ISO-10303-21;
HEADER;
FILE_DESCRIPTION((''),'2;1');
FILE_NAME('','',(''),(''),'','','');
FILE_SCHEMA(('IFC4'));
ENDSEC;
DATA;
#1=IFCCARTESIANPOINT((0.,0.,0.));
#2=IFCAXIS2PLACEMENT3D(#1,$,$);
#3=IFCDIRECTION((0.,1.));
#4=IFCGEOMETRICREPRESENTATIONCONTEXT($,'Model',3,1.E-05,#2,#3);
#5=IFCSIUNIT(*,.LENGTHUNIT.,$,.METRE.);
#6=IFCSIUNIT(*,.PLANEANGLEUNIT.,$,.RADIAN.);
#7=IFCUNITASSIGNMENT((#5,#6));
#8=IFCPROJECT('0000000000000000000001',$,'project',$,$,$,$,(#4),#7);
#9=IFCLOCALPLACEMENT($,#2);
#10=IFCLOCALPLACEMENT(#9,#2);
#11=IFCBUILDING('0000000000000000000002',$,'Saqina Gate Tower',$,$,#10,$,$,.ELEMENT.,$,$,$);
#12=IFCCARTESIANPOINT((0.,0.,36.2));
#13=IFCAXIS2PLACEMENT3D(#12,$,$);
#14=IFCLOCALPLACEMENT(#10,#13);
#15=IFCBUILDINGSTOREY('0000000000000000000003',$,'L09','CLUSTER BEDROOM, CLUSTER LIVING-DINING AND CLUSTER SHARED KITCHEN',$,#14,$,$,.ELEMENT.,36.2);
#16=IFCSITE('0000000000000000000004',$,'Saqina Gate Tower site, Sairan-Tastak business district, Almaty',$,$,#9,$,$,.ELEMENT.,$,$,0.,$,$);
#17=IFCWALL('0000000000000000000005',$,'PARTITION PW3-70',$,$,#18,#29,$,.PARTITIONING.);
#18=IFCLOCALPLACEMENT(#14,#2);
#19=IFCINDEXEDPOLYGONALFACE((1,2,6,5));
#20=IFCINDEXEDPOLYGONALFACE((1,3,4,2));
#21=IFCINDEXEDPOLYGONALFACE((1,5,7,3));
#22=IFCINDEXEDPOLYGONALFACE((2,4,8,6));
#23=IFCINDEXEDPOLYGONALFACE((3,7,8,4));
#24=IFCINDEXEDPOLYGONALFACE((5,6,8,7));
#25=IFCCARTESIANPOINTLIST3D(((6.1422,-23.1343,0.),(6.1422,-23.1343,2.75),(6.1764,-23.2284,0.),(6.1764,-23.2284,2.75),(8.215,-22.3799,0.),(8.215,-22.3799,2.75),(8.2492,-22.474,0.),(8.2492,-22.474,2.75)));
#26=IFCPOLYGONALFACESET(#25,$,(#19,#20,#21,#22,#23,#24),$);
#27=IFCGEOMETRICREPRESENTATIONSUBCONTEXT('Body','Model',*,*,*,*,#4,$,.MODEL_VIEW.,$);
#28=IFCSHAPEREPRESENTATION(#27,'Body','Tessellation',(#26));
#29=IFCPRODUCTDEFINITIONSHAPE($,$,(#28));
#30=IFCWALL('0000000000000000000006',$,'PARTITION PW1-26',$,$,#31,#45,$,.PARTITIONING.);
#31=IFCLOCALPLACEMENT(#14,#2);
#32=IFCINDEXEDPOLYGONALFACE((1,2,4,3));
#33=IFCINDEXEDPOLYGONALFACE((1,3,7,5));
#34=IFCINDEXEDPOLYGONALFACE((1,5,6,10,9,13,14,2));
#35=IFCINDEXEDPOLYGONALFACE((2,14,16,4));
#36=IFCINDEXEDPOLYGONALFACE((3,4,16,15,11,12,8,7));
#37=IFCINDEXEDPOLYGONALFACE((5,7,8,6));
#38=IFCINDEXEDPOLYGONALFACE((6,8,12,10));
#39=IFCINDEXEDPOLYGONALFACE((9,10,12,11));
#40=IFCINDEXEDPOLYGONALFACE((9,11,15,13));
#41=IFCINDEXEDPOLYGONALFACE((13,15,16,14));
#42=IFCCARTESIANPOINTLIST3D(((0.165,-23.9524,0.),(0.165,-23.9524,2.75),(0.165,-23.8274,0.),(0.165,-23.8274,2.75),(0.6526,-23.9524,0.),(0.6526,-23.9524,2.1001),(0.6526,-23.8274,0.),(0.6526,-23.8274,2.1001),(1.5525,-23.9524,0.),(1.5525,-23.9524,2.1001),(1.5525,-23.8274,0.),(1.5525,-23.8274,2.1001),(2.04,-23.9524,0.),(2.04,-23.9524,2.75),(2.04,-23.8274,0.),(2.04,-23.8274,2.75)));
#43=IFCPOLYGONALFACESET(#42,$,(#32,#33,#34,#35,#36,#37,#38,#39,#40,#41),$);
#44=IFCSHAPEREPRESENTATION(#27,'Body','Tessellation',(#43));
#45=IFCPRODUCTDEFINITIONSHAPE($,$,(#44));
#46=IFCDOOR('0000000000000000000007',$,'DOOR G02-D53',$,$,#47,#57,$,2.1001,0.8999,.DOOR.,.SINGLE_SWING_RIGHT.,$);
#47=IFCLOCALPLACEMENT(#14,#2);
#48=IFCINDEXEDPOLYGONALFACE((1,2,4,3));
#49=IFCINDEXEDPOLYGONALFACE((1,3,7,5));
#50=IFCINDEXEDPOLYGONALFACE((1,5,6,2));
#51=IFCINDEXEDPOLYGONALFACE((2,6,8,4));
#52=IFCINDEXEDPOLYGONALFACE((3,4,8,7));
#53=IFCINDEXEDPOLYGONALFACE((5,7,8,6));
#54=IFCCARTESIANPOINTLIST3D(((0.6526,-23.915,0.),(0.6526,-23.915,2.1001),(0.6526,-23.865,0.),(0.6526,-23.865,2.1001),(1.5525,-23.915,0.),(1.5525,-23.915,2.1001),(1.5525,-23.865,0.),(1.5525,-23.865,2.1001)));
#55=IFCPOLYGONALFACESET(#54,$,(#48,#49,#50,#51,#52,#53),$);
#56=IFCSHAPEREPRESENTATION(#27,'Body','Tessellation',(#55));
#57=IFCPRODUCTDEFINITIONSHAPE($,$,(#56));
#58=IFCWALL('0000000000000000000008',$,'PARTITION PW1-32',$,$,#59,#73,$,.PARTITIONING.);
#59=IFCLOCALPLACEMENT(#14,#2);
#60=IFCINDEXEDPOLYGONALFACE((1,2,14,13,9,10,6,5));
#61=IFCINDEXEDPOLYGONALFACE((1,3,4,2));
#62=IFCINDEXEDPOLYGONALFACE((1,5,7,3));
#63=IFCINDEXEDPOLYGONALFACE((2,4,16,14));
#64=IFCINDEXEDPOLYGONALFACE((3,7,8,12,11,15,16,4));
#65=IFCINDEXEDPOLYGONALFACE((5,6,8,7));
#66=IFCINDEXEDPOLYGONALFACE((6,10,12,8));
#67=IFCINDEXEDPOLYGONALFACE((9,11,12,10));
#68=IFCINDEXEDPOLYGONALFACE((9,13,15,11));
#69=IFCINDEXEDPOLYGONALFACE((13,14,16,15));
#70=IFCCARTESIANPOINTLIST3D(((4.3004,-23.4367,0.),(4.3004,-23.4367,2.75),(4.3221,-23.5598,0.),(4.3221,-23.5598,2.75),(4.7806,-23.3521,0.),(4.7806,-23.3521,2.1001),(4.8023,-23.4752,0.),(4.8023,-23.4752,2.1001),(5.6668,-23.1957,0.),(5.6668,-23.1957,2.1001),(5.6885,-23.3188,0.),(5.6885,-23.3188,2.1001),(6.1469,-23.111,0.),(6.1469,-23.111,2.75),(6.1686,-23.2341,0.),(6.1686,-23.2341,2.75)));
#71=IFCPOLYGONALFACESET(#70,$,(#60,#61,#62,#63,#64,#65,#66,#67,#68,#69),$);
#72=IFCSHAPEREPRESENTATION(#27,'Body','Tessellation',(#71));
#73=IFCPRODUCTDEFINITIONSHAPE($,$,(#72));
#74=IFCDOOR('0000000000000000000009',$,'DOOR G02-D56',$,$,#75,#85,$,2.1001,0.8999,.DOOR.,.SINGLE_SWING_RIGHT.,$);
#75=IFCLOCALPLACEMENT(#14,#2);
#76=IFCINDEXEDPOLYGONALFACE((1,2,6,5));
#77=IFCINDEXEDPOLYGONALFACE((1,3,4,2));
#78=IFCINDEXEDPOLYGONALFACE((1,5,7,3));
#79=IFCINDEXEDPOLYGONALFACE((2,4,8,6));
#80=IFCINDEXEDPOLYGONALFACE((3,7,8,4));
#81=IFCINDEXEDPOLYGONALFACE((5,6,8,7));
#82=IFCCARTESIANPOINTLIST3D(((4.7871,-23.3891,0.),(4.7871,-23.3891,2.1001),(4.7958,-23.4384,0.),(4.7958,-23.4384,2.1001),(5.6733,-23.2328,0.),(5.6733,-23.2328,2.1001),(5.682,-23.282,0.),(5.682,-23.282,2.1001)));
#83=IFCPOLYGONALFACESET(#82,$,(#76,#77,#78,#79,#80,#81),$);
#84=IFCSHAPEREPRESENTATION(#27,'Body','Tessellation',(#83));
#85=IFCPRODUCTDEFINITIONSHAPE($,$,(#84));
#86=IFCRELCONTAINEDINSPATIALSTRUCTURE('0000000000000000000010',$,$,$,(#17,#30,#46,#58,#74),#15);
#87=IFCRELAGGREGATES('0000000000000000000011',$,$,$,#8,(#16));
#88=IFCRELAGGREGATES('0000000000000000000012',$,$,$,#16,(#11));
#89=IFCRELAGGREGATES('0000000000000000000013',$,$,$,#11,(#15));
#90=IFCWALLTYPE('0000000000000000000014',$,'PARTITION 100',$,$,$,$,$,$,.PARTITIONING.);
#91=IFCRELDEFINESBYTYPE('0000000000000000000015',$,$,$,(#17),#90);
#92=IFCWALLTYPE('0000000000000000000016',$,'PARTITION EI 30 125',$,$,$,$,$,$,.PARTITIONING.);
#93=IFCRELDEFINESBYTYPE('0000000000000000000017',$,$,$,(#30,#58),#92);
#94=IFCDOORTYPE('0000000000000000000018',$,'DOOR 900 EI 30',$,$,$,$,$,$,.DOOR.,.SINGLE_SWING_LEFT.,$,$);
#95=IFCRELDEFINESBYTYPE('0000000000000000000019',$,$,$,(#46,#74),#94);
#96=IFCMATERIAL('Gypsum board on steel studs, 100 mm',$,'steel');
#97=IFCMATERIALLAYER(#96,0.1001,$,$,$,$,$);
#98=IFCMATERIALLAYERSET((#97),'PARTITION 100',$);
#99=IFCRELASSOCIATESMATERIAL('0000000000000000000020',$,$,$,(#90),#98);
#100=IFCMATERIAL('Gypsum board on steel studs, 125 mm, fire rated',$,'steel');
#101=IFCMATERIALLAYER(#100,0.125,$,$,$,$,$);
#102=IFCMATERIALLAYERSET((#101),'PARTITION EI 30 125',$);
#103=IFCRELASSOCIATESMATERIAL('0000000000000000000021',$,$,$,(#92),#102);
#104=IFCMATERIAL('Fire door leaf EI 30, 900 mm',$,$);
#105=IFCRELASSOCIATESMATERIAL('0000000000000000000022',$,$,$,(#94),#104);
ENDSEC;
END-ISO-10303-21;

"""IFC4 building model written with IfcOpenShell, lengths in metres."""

from ifc_helpers import new_model, si_unit, direction, frame, frame_2d, origin, place, context, subcontext, project, spatial, rectangle, extrude, material, layer, layer_set, type_object, element, fill, save


model = new_model("IFC4")

# Units and contexts
model_context = context("Model", 3, precision=1e-05, world=origin(), true_north=direction((0.0, 1.0)))
body_context = subcontext(model_context, "Body", "Model", "MODEL_VIEW")
ifc_project = project(units=[si_unit("LENGTHUNIT", "METRE"), si_unit("PLANEANGLEUNIT", "RADIAN")], contexts=[model_context])

# Site, building, storey
site_placement = place(None, origin())
site = spatial("IfcSite", under=ifc_project, at=site_placement, Name="Saqina Gate Tower site, Sairan-Tastak business district, Almaty", CompositionType="ELEMENT", RefElevation=0.0)
building_placement = place(site_placement, origin())
building = spatial("IfcBuilding", under=site, at=building_placement, Name="Saqina Gate Tower", CompositionType="ELEMENT")
storey_placement = place(building_placement, frame((0.0, 0.0, 36.2)))
storey = spatial("IfcBuildingStorey", under=building, at=storey_placement, Name="L09", Description="CLUSTER BEDROOM, CLUSTER LIVING-DINING AND CLUSTER SHARED KITCHEN", CompositionType="ELEMENT", Elevation=36.2)

# Shared definitions
ifc_material_1 = material(Name="Gypsum board on steel studs, 100 mm", Category="steel")
ifc_layer_1 = layer(ifc_material_1, 0.1001)
ifc_layer_set_1 = layer_set([ifc_layer_1], Name="PARTITION 100")
wall_type_1 = type_object("IfcWallType", Name="PARTITION 100", PredefinedType="PARTITIONING", material=ifc_layer_set_1)

# Wall
wall_1_placement = place(storey_placement, frame((6.1592, -23.1814, 0.0), z_axis=(0.0, 0.0, 1.0), x_axis=(0.939696, 0.34201, 0.0)))
element("IfcWall", 1, at=wall_1_placement, inside=storey, type_object=wall_type_1, Name="PARTITION PW3-70", PredefinedType="PARTITIONING", context=body_context, shape_type="SweptSolid", body=[
    extrude(rectangle(XDim=2.2058, YDim=0.1001, at=frame_2d((1.103, 0.0))), origin(), (0.0, 0.0, 1.0), 2.75),
])

# Walls, openings, doors
ifc_material_2 = material(Name="Gypsum board on steel studs, 125 mm, fire rated", Category="steel")
ifc_layer_2 = layer(ifc_material_2, 0.125)
ifc_layer_set_2 = layer_set([ifc_layer_2], Name="PARTITION EI 30 125")
wall_type_2 = type_object("IfcWallType", Name="PARTITION EI 30 125", PredefinedType="PARTITIONING", material=ifc_layer_set_2)
wall_2_placement = place(storey_placement, frame((0.165, -23.8899, 0.0), z_axis=(0.0, 0.0, 1.0), x_axis=(1.0, 0.0, 0.0)))
wall_2 = element("IfcWall", 2, at=wall_2_placement, inside=storey, type_object=wall_type_2, Name="PARTITION PW1-26", PredefinedType="PARTITIONING", context=body_context, shape_type="SweptSolid", body=[
    extrude(rectangle(XDim=1.875, YDim=0.125, at=frame_2d((0.9375, 0.0))), origin(), (0.0, 0.0, 1.0), 2.75),
])
opening_1_placement = place(wall_2_placement, frame((0.4875, 0.0, 0.0)))
opening_1 = element("IfcOpeningElement", 3, at=opening_1_placement, cuts=wall_2, PredefinedType="OPENING", context=body_context, shape_type="SweptSolid", body=[
    extrude(rectangle(XDim=0.8999, YDim=2.1001, at=frame_2d((0.45, 1.05))), frame((0.0, 0.0745, 0.0), z_axis=(0.0, -1.0, 0.0), x_axis=(1.0, 0.0, 0.0)), (0.0, 0.0, 1.0), 0.1489),
])
ifc_material_3 = material(Name="Fire door leaf EI 30, 900 mm")
door_type_1 = type_object("IfcDoorType", Name="DOOR 900 EI 30", OperationType="SINGLE_SWING_LEFT", PredefinedType="DOOR", material=ifc_material_3)
door_1_placement = place(opening_1_placement, origin())
door_1 = element("IfcDoor", 4, at=door_1_placement, inside=storey, type_object=door_type_1, Name="DOOR G02-D53", OperationType="SINGLE_SWING_RIGHT", OverallHeight=2.1001, OverallWidth=0.8999, PredefinedType="DOOR", context=body_context, shape_type="SweptSolid", body=[
    extrude(rectangle(XDim=0.8999, YDim=2.1001, at=frame_2d((0.45, 1.05))), frame((0.0, 0.0249, 0.0), z_axis=(0.0, -1.0, 0.0), x_axis=(1.0, 0.0, 0.0)), (0.0, 0.0, 1.0), 0.05),
])
fill(opening_1, door_1)
wall_3_placement = place(storey_placement, frame((4.3113, -23.4983, 0.0), z_axis=(0.0, 0.0, 1.0), x_axis=(0.984798, 0.173704, 0.0)))
wall_3 = element("IfcWall", 5, at=wall_3_placement, inside=storey, type_object=wall_type_2, Name="PARTITION PW1-32", PredefinedType="PARTITIONING", context=body_context, shape_type="SweptSolid", body=[
    extrude(rectangle(XDim=1.875, YDim=0.125, at=frame_2d((0.9375, 0.0))), origin(), (0.0, 0.0, 1.0), 2.75),
])
opening_2_placement = place(wall_3_placement, frame((0.4875, 0.0, 0.0)))
opening_2 = element("IfcOpeningElement", 6, at=opening_2_placement, cuts=wall_3, PredefinedType="OPENING", context=body_context, shape_type="SweptSolid", body=[
    extrude(rectangle(XDim=0.8999, YDim=2.1001, at=frame_2d((0.45, 1.05))), frame((0.0, 0.0745, 0.0), z_axis=(0.0, -1.0, 0.0), x_axis=(1.0, 0.0, 0.0)), (0.0, 0.0, 1.0), 0.1489),
])
door_2_placement = place(opening_2_placement, origin())
door_2 = element("IfcDoor", 7, at=door_2_placement, inside=storey, type_object=door_type_1, Name="DOOR G02-D56", OperationType="SINGLE_SWING_RIGHT", OverallHeight=2.1001, OverallWidth=0.8999, PredefinedType="DOOR", context=body_context, shape_type="SweptSolid", body=[
    extrude(rectangle(XDim=0.8999, YDim=2.1001, at=frame_2d((0.45, 1.05))), frame((0.0, 0.0249, 0.0), z_axis=(0.0, -1.0, 0.0), x_axis=(1.0, 0.0, 0.0)), (0.0, 0.0, 1.0), 0.05),
])
fill(opening_2, door_2)

save(model, "model.ifc")
